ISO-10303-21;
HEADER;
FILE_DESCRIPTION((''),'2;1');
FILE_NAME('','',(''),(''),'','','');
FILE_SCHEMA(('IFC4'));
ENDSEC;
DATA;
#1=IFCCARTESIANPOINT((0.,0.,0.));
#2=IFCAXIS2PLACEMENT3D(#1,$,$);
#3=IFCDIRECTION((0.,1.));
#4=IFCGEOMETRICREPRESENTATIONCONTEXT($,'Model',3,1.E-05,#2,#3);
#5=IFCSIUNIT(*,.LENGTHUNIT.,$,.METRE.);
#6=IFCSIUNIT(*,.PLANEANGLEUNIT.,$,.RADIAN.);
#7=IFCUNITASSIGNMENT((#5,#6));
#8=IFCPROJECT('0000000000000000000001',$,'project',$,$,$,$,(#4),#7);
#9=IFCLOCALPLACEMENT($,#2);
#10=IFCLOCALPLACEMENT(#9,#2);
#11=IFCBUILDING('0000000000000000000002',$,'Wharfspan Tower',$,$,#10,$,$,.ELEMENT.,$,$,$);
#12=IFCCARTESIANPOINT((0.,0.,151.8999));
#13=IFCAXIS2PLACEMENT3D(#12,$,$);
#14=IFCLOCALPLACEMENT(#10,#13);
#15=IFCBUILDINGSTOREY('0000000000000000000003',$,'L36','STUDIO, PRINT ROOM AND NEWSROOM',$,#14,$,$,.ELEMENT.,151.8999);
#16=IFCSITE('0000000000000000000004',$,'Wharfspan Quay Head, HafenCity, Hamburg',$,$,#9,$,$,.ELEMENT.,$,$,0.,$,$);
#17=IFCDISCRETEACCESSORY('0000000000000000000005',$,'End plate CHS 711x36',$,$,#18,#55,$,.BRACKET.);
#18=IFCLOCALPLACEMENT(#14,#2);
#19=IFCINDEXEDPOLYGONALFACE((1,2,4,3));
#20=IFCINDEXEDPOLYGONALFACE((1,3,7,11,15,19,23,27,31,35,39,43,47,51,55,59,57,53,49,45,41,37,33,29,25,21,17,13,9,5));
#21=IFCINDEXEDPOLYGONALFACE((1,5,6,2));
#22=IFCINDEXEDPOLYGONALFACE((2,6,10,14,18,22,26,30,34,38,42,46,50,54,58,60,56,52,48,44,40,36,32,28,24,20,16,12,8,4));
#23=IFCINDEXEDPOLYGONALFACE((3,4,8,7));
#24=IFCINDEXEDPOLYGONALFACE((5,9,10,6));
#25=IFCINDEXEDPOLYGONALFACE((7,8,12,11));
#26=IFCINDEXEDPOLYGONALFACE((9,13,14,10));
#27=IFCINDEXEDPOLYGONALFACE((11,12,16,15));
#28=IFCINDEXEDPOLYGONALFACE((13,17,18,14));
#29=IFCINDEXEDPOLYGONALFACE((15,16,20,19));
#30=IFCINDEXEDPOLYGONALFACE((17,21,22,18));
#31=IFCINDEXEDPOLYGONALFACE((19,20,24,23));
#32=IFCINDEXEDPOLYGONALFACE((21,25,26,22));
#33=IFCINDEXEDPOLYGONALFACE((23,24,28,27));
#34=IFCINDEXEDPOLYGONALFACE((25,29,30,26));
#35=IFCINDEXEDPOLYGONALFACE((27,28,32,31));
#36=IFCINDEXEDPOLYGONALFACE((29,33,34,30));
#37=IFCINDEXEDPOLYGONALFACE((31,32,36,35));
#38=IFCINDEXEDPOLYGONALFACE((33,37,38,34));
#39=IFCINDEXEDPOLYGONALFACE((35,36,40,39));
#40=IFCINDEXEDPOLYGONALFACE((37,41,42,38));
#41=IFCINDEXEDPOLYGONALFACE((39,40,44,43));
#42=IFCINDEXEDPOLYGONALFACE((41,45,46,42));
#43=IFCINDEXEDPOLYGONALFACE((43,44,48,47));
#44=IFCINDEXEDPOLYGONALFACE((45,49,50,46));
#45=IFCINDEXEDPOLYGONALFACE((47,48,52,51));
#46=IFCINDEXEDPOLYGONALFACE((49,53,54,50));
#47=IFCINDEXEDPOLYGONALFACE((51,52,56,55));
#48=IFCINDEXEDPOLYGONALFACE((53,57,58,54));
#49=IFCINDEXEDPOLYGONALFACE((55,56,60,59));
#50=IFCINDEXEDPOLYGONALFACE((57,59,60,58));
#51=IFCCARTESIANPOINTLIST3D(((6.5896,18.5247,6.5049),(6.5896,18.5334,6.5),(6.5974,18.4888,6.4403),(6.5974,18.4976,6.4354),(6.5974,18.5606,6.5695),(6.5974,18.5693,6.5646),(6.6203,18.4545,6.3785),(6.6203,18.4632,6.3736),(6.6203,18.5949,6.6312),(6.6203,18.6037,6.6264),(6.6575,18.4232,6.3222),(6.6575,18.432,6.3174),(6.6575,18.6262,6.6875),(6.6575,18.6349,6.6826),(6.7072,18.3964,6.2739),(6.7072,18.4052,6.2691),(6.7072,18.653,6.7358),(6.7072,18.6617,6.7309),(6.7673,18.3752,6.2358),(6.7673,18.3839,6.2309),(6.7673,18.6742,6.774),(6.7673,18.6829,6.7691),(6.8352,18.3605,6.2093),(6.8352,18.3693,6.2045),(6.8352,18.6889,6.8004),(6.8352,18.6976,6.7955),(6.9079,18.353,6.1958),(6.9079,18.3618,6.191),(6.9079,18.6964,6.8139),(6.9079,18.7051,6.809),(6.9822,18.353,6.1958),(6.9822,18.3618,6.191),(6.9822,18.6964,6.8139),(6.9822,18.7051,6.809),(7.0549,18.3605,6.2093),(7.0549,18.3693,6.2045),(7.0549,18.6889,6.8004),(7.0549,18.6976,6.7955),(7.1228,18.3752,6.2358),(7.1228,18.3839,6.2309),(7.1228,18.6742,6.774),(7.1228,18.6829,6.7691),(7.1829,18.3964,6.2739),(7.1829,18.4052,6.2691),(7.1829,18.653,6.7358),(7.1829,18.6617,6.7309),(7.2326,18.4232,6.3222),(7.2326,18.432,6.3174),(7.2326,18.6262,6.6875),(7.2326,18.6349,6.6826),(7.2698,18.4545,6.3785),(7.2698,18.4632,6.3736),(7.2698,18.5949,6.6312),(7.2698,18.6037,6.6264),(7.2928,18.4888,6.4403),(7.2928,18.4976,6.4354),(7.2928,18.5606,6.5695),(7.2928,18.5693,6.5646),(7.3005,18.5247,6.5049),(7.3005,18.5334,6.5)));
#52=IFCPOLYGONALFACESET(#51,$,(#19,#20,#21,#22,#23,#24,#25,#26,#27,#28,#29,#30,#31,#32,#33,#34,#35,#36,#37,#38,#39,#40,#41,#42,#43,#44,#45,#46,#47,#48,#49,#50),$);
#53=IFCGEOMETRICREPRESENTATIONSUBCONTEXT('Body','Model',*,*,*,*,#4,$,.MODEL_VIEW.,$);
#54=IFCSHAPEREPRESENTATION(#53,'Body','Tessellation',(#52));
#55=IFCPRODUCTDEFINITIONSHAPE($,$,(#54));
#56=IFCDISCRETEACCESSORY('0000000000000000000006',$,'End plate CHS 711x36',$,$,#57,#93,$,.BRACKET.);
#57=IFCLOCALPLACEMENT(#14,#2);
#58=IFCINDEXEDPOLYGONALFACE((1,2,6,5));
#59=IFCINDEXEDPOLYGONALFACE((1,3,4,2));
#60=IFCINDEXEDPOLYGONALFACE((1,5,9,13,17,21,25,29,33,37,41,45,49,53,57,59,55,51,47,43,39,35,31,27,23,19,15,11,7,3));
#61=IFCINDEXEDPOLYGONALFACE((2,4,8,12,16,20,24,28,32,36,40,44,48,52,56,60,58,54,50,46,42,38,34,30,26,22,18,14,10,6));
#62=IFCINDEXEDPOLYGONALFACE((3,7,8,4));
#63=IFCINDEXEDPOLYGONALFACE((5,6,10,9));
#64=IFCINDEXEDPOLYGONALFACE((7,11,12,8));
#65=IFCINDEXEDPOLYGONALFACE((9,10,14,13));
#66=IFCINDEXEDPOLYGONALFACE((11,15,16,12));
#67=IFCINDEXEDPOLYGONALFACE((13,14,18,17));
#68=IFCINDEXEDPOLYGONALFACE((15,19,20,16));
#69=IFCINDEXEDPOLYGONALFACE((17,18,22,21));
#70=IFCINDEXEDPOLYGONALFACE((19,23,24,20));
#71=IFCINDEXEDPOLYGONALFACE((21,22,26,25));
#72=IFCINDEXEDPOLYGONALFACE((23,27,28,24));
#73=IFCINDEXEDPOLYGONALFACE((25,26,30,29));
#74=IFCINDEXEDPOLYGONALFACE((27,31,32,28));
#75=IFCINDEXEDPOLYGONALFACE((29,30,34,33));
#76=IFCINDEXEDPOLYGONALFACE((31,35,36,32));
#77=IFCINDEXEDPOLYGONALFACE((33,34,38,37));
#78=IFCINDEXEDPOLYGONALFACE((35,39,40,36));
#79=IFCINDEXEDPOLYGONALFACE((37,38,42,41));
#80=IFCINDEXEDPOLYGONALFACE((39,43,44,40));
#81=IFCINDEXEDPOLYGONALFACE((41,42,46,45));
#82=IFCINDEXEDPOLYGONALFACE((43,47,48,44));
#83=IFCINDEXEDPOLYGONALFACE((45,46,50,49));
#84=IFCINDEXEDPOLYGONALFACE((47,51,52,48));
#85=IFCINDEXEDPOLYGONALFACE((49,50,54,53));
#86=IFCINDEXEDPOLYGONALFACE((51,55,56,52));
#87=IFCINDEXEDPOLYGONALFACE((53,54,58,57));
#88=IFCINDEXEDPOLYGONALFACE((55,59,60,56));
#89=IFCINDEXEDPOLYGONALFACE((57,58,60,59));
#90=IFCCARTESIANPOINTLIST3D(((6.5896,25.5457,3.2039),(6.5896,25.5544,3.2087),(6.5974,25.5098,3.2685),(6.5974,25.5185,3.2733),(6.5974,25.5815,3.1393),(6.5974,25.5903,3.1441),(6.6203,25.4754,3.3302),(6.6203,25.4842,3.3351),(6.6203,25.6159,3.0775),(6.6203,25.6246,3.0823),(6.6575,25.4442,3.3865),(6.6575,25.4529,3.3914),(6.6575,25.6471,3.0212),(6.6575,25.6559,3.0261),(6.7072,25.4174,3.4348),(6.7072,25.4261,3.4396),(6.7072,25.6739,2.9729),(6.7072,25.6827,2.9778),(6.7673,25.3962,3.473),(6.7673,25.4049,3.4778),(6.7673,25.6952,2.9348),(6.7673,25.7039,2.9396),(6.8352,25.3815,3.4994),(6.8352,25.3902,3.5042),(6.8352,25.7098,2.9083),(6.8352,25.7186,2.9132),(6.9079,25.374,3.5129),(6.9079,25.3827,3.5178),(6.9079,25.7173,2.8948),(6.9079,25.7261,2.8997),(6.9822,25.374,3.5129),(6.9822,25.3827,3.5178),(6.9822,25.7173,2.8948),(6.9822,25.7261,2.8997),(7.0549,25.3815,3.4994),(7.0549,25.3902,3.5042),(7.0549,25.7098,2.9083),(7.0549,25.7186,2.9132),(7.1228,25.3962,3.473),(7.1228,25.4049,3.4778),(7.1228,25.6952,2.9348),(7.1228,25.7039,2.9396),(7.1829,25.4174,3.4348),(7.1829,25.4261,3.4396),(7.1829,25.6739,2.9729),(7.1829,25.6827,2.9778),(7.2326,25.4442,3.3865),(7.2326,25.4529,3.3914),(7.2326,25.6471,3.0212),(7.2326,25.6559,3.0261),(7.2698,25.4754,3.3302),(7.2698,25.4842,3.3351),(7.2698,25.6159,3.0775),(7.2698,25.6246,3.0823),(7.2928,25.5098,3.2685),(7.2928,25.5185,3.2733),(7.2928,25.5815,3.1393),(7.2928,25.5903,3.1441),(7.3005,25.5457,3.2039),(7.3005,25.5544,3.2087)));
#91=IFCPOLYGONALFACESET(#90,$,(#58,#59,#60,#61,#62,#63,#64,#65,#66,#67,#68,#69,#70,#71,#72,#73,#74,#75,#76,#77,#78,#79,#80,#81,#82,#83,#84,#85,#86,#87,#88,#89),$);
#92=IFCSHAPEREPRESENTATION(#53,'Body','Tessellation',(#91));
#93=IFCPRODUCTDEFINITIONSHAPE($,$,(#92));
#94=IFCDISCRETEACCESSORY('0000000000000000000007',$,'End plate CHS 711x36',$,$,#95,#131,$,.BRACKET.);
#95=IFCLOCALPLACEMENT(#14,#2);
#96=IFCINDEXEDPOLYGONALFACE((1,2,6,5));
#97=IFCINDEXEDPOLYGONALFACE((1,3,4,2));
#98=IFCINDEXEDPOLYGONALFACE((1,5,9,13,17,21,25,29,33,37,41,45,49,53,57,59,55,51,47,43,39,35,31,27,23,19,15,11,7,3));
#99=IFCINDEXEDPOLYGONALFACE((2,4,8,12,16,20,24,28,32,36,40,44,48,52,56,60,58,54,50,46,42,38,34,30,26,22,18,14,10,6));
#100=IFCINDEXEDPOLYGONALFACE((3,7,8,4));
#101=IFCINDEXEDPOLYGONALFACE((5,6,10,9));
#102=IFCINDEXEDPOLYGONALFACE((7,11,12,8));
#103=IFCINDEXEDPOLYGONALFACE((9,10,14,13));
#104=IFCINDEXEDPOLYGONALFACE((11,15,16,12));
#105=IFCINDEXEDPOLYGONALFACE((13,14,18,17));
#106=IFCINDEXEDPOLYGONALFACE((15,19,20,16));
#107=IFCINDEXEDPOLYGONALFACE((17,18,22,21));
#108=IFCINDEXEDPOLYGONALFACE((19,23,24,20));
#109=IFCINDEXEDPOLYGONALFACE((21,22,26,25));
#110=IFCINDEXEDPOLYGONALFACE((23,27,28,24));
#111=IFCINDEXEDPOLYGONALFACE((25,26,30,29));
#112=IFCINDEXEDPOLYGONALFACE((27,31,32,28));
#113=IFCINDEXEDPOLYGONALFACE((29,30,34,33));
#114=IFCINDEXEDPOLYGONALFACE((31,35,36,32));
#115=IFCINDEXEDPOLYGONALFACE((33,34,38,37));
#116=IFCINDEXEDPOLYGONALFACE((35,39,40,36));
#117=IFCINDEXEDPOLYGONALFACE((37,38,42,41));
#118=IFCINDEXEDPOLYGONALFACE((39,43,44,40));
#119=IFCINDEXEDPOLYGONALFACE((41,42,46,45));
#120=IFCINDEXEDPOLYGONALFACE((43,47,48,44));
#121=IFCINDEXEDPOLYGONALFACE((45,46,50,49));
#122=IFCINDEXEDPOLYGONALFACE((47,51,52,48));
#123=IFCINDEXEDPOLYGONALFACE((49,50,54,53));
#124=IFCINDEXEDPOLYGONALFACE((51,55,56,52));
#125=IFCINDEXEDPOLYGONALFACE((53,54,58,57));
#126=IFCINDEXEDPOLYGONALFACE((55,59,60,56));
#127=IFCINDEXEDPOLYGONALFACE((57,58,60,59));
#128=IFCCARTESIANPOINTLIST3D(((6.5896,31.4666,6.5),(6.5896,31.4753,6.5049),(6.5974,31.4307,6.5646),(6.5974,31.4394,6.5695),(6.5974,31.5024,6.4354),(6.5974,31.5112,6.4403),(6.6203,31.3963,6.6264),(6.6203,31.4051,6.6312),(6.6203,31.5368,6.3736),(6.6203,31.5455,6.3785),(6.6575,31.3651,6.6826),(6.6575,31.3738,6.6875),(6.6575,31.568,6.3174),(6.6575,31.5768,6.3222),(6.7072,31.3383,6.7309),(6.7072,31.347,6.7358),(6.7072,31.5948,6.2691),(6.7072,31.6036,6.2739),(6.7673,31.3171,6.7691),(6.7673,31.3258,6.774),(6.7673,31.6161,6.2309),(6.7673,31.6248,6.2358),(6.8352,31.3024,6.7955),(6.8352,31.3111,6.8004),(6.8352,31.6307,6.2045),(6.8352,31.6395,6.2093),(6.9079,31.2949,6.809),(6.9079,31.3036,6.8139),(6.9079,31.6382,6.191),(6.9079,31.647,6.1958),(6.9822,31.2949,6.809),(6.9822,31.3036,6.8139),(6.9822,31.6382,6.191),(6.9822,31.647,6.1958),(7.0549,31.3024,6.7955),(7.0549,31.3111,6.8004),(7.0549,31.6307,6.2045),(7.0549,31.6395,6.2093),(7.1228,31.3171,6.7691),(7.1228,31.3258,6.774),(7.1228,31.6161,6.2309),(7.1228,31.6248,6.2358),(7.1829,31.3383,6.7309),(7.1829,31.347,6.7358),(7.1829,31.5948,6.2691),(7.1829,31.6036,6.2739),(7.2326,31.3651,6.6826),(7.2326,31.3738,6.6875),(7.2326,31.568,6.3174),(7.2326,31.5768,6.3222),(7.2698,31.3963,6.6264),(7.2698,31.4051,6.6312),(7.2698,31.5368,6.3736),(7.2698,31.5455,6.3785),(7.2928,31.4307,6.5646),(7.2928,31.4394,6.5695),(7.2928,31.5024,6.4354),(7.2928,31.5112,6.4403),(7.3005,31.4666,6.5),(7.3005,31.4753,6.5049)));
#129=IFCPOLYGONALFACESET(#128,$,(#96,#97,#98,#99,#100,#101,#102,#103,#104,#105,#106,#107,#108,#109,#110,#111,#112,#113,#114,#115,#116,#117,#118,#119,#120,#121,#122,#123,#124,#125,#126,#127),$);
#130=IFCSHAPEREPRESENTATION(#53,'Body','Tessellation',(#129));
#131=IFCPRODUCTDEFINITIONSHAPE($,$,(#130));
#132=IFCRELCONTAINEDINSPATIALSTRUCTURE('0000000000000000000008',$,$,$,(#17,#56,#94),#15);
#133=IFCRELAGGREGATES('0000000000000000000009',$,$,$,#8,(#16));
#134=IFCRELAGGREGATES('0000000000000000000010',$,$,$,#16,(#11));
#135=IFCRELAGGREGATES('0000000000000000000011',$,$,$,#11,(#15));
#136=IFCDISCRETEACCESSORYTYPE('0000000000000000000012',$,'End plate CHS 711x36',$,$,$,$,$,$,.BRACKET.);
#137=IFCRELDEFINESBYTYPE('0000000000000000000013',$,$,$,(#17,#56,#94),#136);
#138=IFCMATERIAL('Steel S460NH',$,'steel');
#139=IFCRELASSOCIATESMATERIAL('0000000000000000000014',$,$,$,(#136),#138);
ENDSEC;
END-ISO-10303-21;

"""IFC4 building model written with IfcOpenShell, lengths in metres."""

from ifc_helpers import new_model, si_unit, direction, frame, origin, origin_2d, place, context, subcontext, project, spatial, circle, extrude, material, material_profile, profile_set, type_object, element, save


model = new_model("IFC4")

# Units and contexts
model_context = context("Model", 3, precision=1e-05, world=origin(), true_north=direction((0.0, 1.0)))
body_context = subcontext(model_context, "Body", "Model", "MODEL_VIEW")
ifc_project = project(units=[si_unit("LENGTHUNIT", "METRE"), si_unit("PLANEANGLEUNIT", "RADIAN")], contexts=[model_context])

# Site, building, storey
site_placement = place(None, origin())
site = spatial("IfcSite", under=ifc_project, at=site_placement, Name="Wharfspan Quay Head, HafenCity, Hamburg", CompositionType="ELEMENT", RefElevation=0.0)
building_placement = place(site_placement, origin())
building = spatial("IfcBuilding", under=site, at=building_placement, Name="Wharfspan Tower", CompositionType="ELEMENT")
storey_placement = place(building_placement, frame((0.0, 0.0, 151.8999)))
storey = spatial("IfcBuildingStorey", under=building, at=storey_placement, Name="L36", Description="STUDIO, PRINT ROOM AND NEWSROOM", CompositionType="ELEMENT", Elevation=151.8999)

# Shared definitions
ifc_material_1 = material(Name="Steel S460NH", Category="steel")

# Discrete accessories
ifc_material_profile_1 = material_profile(ifc_material_1, circle(Radius=0.3555, at=origin_2d()))
ifc_profile_set_1 = profile_set([ifc_material_profile_1], Name="Steel S460NH")
discrete_accessory_type = type_object("IfcDiscreteAccessoryType", Name="End plate CHS 711x36", PredefinedType="BRACKET", material=ifc_profile_set_1)
for number, where, z_axis, x_axis, name in (
    (1, (6.9451, 18.5334, 6.5), (0.0, -0.874157, 0.485643), (1.0, 0.0, 0.0), "End plate CHS 711x36"),
    (2, (6.9451, 25.5457, 3.2039), (0.0, 0.874157, 0.485643), (-1.0, 0.0, 0.0), "End plate CHS 711x36"),
    (3, (6.9451, 31.4666, 6.5), (0.0, 0.874157, 0.485643), (-1.0, 0.0, 0.0), "End plate CHS 711x36"),
):
    element("IfcDiscreteAccessory", number, at=place(storey_placement, frame(where, z_axis=z_axis, x_axis=x_axis)), inside=storey, type_object=discrete_accessory_type, Name=name, PredefinedType="BRACKET", context=body_context, shape_type="SweptSolid", body=[
        extrude(circle(Radius=0.3555, at=origin_2d()), origin(), (0.0, 0.0, 1.0), 0.01),
    ])

save(model, "model.ifc")
